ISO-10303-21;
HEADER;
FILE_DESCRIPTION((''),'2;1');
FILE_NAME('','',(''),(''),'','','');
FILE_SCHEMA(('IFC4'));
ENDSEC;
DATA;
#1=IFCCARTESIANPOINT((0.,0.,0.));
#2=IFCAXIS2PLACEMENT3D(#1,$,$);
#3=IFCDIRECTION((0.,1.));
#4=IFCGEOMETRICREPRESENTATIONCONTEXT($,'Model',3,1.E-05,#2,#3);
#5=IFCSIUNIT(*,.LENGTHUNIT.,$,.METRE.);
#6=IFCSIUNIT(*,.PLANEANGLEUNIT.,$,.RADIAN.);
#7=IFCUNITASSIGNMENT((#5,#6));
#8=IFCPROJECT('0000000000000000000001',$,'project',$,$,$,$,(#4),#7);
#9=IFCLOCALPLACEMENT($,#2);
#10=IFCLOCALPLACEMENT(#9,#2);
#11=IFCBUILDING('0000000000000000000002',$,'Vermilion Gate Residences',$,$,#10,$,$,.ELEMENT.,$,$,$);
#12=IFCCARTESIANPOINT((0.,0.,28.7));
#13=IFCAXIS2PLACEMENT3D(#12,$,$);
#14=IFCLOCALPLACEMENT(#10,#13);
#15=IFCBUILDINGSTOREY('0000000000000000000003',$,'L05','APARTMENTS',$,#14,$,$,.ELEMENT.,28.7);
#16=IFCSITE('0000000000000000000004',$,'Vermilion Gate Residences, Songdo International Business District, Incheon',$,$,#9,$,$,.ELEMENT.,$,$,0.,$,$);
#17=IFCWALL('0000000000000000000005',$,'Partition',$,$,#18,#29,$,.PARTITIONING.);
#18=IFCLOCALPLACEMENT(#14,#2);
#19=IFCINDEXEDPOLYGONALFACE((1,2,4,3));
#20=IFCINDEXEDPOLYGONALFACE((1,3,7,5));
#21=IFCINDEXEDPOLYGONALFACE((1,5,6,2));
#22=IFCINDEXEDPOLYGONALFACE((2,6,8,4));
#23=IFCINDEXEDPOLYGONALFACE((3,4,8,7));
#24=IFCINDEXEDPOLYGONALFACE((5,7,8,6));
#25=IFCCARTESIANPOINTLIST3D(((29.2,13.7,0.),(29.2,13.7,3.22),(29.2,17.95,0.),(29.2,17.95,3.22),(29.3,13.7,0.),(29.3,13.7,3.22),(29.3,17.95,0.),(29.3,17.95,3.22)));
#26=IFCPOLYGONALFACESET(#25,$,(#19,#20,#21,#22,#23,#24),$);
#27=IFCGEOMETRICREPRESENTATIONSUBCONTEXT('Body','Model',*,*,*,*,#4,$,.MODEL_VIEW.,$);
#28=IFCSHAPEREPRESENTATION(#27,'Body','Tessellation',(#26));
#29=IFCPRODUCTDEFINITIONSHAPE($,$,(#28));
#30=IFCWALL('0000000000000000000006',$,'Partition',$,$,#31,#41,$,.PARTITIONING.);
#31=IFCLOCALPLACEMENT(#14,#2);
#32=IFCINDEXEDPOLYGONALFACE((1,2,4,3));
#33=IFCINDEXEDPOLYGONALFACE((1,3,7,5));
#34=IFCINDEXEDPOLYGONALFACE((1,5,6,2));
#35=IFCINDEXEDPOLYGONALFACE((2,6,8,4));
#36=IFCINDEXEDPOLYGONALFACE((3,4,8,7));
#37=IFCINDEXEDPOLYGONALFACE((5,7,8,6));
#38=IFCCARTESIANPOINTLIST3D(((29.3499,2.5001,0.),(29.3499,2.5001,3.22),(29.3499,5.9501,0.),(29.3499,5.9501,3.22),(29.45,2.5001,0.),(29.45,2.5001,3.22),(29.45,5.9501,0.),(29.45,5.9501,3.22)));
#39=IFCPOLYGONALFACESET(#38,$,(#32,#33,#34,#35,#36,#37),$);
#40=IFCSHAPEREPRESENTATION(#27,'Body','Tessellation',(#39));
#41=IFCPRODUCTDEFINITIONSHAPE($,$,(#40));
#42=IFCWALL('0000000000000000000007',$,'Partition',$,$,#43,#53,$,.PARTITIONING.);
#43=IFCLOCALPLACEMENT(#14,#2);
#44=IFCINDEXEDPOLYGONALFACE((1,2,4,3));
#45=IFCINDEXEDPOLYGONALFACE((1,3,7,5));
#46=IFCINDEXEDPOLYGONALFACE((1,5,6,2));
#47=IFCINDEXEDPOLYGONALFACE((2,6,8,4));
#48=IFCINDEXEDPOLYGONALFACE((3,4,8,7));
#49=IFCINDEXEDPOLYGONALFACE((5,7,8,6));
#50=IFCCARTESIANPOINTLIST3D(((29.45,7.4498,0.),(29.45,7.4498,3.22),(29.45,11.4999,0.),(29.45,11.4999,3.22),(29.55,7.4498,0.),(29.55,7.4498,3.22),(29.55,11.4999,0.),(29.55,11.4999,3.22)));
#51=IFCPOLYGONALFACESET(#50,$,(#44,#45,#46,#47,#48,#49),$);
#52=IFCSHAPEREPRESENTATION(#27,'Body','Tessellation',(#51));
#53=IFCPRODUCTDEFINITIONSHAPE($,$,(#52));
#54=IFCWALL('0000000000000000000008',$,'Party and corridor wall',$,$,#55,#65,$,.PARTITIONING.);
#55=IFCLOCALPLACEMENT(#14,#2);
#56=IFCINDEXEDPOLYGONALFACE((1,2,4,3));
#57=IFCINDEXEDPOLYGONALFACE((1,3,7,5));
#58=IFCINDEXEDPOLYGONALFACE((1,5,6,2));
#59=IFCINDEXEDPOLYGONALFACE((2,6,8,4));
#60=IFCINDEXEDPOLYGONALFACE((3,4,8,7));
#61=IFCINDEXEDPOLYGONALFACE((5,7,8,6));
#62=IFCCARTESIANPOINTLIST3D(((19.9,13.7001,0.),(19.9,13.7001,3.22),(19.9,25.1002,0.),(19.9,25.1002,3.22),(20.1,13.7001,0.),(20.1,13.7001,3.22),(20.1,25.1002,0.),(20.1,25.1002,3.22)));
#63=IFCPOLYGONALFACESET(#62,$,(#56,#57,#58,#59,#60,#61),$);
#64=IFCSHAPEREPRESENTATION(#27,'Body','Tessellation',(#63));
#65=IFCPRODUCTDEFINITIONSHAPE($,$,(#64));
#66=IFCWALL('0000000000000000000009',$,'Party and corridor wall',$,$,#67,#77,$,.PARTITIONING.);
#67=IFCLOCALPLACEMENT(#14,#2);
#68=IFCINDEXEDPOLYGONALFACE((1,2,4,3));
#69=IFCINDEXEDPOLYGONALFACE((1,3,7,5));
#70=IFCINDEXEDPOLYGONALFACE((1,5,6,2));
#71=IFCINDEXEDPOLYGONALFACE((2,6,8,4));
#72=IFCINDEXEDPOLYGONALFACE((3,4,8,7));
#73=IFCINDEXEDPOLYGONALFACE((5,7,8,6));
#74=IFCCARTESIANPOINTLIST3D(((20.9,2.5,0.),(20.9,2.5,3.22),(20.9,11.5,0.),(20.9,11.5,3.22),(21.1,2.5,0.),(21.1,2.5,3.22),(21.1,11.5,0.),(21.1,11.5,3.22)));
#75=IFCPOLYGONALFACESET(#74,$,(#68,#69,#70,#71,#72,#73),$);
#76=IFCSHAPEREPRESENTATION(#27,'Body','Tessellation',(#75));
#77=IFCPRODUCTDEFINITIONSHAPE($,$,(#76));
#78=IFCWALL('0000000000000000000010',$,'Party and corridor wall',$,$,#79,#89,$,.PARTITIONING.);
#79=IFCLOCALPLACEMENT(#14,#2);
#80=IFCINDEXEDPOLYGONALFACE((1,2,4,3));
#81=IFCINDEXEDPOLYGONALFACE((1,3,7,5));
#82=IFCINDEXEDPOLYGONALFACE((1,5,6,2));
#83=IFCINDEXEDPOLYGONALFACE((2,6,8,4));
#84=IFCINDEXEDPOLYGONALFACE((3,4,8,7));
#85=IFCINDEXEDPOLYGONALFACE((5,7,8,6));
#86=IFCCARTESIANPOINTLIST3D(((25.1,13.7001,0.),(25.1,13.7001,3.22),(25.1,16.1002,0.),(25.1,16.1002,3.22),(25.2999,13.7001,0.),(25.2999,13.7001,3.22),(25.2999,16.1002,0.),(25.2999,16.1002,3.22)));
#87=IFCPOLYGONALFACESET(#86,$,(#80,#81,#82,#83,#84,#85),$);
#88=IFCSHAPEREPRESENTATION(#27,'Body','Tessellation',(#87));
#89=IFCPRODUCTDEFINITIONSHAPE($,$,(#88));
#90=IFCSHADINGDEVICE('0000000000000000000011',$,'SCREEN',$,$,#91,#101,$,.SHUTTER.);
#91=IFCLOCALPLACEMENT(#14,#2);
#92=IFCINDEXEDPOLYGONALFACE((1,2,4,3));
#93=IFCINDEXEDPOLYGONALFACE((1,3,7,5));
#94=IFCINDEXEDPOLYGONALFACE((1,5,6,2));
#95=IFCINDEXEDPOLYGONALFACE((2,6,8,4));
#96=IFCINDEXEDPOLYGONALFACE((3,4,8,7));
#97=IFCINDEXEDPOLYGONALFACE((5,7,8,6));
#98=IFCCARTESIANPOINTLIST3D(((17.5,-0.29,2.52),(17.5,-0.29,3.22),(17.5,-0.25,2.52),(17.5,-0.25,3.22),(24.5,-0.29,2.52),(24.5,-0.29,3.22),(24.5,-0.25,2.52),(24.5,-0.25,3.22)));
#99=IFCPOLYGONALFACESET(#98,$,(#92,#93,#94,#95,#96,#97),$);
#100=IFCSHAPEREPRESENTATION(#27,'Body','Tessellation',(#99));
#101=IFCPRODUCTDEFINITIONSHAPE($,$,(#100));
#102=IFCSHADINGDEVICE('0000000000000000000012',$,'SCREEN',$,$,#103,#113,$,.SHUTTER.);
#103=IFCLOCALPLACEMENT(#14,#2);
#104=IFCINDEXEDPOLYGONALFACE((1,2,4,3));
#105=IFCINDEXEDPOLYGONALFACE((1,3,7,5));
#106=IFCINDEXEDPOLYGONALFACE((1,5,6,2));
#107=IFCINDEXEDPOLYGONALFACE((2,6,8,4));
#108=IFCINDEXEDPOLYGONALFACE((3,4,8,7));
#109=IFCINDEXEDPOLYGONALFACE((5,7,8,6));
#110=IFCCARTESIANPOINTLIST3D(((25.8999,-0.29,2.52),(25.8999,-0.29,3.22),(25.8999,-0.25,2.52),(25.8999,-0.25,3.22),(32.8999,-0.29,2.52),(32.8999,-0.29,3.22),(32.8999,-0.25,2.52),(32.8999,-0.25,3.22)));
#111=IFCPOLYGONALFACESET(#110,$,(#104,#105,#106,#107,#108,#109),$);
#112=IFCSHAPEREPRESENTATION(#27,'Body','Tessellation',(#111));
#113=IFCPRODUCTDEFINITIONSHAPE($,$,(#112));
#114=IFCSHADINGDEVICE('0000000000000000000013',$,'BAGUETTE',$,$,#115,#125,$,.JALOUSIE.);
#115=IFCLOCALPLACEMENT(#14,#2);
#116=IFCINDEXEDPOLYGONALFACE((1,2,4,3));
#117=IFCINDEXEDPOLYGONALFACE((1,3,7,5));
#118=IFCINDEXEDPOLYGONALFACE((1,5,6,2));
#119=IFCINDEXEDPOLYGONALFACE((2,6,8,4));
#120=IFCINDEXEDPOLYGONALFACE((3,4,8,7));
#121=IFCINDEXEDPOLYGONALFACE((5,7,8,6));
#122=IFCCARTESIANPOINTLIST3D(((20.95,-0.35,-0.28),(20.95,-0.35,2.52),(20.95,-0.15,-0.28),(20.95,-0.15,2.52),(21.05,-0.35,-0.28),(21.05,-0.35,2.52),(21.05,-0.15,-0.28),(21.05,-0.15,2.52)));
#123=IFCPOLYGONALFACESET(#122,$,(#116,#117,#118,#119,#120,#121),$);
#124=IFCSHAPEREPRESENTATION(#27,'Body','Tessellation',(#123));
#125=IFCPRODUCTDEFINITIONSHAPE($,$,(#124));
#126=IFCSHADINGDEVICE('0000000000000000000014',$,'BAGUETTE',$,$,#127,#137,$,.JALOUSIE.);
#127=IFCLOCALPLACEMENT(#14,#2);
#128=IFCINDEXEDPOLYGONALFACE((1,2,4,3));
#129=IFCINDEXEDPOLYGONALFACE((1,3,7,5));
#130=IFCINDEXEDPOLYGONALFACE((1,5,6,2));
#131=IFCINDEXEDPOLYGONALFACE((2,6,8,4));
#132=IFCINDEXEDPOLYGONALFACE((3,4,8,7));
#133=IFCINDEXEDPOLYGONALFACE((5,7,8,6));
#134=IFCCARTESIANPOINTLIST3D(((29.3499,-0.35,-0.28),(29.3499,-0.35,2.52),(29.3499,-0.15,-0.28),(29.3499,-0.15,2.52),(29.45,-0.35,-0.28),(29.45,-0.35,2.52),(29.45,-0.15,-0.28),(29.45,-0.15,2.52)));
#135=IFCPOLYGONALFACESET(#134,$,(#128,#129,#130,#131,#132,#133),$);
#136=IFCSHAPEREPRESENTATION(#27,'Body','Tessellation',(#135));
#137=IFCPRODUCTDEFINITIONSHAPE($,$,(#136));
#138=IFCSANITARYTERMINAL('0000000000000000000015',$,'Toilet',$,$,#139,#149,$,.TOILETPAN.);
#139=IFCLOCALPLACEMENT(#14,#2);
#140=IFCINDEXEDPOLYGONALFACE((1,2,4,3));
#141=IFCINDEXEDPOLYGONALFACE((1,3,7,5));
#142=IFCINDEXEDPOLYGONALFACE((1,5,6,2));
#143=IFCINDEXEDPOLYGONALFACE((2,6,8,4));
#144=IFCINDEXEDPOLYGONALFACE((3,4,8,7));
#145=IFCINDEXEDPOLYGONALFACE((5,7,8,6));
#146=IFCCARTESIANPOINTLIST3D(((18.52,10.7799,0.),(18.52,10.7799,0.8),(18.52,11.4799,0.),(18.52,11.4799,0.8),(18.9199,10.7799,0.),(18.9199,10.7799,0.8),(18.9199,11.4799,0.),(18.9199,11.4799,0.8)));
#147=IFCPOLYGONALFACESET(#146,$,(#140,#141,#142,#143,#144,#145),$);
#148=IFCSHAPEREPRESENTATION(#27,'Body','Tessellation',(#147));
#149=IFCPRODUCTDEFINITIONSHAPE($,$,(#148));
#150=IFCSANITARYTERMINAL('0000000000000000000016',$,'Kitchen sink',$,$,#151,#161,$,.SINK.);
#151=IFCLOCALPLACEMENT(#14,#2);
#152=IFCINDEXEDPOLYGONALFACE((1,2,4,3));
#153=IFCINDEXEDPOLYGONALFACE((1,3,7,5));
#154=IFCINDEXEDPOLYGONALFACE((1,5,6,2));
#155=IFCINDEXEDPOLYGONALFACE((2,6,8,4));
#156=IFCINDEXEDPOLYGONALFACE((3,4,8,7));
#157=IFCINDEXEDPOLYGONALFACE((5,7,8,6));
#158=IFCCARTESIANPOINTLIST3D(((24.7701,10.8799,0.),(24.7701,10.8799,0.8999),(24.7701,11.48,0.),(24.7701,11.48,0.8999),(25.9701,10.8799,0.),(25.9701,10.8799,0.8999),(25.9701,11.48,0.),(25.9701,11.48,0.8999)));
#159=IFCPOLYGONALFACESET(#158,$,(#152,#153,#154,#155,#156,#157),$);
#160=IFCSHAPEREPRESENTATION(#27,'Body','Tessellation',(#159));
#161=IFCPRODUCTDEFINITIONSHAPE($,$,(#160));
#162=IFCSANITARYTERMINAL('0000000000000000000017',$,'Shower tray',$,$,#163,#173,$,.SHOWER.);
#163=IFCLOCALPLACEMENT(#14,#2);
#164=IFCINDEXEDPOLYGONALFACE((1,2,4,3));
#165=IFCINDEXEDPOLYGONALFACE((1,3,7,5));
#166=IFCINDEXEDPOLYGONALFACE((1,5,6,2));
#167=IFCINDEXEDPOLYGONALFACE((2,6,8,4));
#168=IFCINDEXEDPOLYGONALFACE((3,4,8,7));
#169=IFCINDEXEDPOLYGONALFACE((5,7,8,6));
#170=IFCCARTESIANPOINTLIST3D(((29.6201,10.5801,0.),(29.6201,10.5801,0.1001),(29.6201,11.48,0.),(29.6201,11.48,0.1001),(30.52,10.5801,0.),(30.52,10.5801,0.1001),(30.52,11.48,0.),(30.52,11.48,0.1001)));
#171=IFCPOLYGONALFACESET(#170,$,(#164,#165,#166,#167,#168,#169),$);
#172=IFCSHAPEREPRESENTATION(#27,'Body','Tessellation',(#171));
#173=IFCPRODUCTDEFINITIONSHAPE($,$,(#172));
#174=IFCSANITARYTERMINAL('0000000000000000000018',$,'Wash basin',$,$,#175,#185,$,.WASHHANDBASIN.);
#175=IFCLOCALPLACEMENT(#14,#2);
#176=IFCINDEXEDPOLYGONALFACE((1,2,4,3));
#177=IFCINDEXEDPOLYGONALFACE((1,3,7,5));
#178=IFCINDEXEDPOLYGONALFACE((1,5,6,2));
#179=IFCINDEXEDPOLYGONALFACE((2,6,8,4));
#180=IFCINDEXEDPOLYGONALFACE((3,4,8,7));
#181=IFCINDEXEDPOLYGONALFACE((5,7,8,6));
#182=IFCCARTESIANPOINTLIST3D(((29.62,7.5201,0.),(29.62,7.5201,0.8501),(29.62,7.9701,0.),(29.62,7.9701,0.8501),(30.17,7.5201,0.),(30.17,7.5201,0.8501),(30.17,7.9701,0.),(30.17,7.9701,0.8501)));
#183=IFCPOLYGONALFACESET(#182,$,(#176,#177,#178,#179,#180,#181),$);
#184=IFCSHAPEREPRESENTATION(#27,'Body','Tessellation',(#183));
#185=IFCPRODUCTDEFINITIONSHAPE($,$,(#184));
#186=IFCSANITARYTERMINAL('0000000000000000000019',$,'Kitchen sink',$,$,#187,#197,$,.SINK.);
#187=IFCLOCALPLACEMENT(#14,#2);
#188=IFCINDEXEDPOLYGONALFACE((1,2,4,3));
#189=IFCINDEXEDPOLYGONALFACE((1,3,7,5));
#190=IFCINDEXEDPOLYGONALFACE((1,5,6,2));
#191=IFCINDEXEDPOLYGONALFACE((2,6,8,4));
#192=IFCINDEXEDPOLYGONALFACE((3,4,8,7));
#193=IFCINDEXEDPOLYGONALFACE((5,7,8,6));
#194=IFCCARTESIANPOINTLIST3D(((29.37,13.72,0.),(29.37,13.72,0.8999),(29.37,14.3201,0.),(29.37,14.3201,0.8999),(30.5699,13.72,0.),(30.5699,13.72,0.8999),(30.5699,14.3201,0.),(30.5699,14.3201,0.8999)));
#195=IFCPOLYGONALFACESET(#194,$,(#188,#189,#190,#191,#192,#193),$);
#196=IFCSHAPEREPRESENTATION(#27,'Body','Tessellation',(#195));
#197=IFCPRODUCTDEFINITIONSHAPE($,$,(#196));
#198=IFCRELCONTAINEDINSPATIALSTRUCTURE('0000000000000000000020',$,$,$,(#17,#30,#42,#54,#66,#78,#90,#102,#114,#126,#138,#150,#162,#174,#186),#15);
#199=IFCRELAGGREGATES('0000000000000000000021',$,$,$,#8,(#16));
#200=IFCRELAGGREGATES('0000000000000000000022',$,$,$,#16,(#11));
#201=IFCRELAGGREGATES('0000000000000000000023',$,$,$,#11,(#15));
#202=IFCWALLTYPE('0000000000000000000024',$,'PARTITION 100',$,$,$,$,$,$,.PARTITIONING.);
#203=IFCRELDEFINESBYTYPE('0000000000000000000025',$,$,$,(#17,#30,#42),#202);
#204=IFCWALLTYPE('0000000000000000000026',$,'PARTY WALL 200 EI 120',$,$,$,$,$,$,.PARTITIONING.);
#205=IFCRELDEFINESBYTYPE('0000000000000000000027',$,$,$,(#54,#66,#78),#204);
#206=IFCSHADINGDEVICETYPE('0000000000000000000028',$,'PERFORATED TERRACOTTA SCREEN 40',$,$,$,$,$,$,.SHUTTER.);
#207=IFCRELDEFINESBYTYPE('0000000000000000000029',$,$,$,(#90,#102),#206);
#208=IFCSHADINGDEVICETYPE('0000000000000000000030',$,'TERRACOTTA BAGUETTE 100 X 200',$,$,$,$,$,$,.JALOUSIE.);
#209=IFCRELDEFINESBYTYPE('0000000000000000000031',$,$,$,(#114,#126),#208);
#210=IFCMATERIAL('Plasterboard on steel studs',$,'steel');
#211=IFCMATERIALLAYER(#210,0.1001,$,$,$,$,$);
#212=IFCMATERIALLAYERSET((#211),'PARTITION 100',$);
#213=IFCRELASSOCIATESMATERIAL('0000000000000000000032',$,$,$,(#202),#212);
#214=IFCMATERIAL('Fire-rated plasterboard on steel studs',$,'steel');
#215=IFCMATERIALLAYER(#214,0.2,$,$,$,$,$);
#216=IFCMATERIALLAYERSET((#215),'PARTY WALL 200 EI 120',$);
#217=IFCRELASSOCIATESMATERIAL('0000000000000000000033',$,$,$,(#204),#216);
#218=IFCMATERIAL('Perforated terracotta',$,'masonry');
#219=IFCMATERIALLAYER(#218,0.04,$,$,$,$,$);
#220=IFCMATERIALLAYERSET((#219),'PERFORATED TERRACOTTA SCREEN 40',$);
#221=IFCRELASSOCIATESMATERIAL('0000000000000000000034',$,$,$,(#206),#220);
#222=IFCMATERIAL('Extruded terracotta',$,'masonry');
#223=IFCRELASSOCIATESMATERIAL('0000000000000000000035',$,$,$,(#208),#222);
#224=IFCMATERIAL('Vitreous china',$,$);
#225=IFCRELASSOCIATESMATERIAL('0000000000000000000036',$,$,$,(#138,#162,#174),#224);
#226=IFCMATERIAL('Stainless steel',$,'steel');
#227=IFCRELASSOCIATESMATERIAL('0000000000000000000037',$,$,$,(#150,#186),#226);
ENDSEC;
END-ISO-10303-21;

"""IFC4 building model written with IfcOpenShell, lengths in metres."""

from ifc_helpers import new_model, si_unit, direction, frame, frame_2d, origin, origin_2d, place, context, subcontext, project, spatial, rectangle, extrude, material, layer, layer_set, material_profile, profile_set, type_object, element, save


model = new_model("IFC4")

# Units and contexts
model_context = context("Model", 3, precision=1e-05, world=origin(), true_north=direction((0.0, 1.0)))
body_context = subcontext(model_context, "Body", "Model", "MODEL_VIEW")
ifc_project = project(units=[si_unit("LENGTHUNIT", "METRE"), si_unit("PLANEANGLEUNIT", "RADIAN")], contexts=[model_context])

# Site, building, storey
site_placement = place(None, origin())
site = spatial("IfcSite", under=ifc_project, at=site_placement, Name="Vermilion Gate Residences, Songdo International Business District, Incheon", CompositionType="ELEMENT", RefElevation=0.0)
building_placement = place(site_placement, origin())
building = spatial("IfcBuilding", under=site, at=building_placement, Name="Vermilion Gate Residences", CompositionType="ELEMENT")
storey_placement = place(building_placement, frame((0.0, 0.0, 28.7)))
storey = spatial("IfcBuildingStorey", under=building, at=storey_placement, Name="L05", Description="APARTMENTS", CompositionType="ELEMENT", Elevation=28.7)

# Shared definitions
ifc_material_1 = material(Name="Plasterboard on steel studs", Category="steel")
ifc_layer_1 = layer(ifc_material_1, 0.1001)
ifc_layer_set_1 = layer_set([ifc_layer_1], Name="PARTITION 100")
wall_type_1 = type_object("IfcWallType", Name="PARTITION 100", PredefinedType="PARTITIONING", material=ifc_layer_set_1)

# Walls
wall_1_placement = place(storey_placement, frame((29.25, 13.7, 0.0), z_axis=(0.0, 0.0, 1.0), x_axis=(0.0, 1.0, 0.0)))
element("IfcWall", 1, at=wall_1_placement, inside=storey, type_object=wall_type_1, Name="Partition", PredefinedType="PARTITIONING", context=body_context, shape_type="SweptSolid", body=[
    extrude(rectangle(XDim=4.25, YDim=0.1001, at=frame_2d((2.125, 0.0))), origin(), (0.0, 0.0, 1.0), 3.22),
])
wall_2_placement = place(storey_placement, frame((29.3999, 2.5, 0.0), z_axis=(0.0, 0.0, 1.0), x_axis=(0.0, 1.0, 0.0)))
element("IfcWall", 2, at=wall_2_placement, inside=storey, type_object=wall_type_1, Name="Partition", PredefinedType="PARTITIONING", context=body_context, shape_type="SweptSolid", body=[
    extrude(rectangle(XDim=3.45, YDim=0.1001, at=frame_2d((1.7251, 0.0))), origin(), (0.0, 0.0, 1.0), 3.22),
])
wall_3_placement = place(storey_placement, frame((29.5, 7.45, 0.0), z_axis=(0.0, 0.0, 1.0), x_axis=(0.0, 1.0, 0.0)))
element("IfcWall", 3, at=wall_3_placement, inside=storey, type_object=wall_type_1, Name="Partition", PredefinedType="PARTITIONING", context=body_context, shape_type="SweptSolid", body=[
    extrude(rectangle(XDim=4.05, YDim=0.1001, at=frame_2d((2.0249, 0.0))), origin(), (0.0, 0.0, 1.0), 3.22),
])
ifc_material_2 = material(Name="Fire-rated plasterboard on steel studs", Category="steel")
ifc_layer_2 = layer(ifc_material_2, 0.2)
ifc_layer_set_2 = layer_set([ifc_layer_2], Name="PARTY WALL 200 EI 120")
wall_type_2 = type_object("IfcWallType", Name="PARTY WALL 200 EI 120", PredefinedType="PARTITIONING", material=ifc_layer_set_2)
wall_4_placement = place(storey_placement, frame((20.0, 13.7, 0.0), z_axis=(0.0, 0.0, 1.0), x_axis=(0.0, 1.0, 0.0)))
element("IfcWall", 4, at=wall_4_placement, inside=storey, type_object=wall_type_2, Name="Party and corridor wall", PredefinedType="PARTITIONING", context=body_context, shape_type="SweptSolid", body=[
    extrude(rectangle(XDim=11.4001, YDim=0.2, at=frame_2d((5.7002, 0.0))), origin(), (0.0, 0.0, 1.0), 3.22),
])
wall_5_placement = place(storey_placement, frame((21.0, 2.5, 0.0), z_axis=(0.0, 0.0, 1.0), x_axis=(0.0, 1.0, 0.0)))
element("IfcWall", 5, at=wall_5_placement, inside=storey, type_object=wall_type_2, Name="Party and corridor wall", PredefinedType="PARTITIONING", context=body_context, shape_type="SweptSolid", body=[
    extrude(rectangle(XDim=9.0, YDim=0.2, at=frame_2d((4.5, 0.0))), origin(), (0.0, 0.0, 1.0), 3.22),
])
wall_6_placement = place(storey_placement, frame((25.2, 13.7, 0.0), z_axis=(0.0, 0.0, 1.0), x_axis=(0.0, 1.0, 0.0)))
element("IfcWall", 6, at=wall_6_placement, inside=storey, type_object=wall_type_2, Name="Party and corridor wall", PredefinedType="PARTITIONING", context=body_context, shape_type="SweptSolid", body=[
    extrude(rectangle(XDim=2.4001, YDim=0.2, at=frame_2d((1.2002, 0.0))), origin(), (0.0, 0.0, 1.0), 3.22),
])

# Shading devices
ifc_material_3 = material(Name="Perforated terracotta", Category="masonry")
ifc_layer_3 = layer(ifc_material_3, 0.04)
ifc_layer_set_3 = layer_set([ifc_layer_3], Name="PERFORATED TERRACOTTA SCREEN 40")
shading_device_type_1 = type_object("IfcShadingDeviceType", Name="PERFORATED TERRACOTTA SCREEN 40", PredefinedType="SHUTTER", material=ifc_layer_set_3)
for number, where, z_axis, x_axis, name in (
    (7, (21.0, -0.27, 2.52), (0.0, 0.0, 1.0), (1.0, 0.0, 0.0), "SCREEN"),
    (8, (29.3999, -0.27, 2.52), (0.0, 0.0, 1.0), (1.0, 0.0, 0.0), "SCREEN"),
):
    element("IfcShadingDevice", number, at=place(storey_placement, frame(where, z_axis=z_axis, x_axis=x_axis)), inside=storey, type_object=shading_device_type_1, Name=name, PredefinedType="SHUTTER", context=body_context, shape_type="SweptSolid", body=[
        extrude(rectangle(XDim=7.0, YDim=0.04, at=origin_2d()), origin(), (0.0, 0.0, 1.0), 0.7),
    ])
ifc_material_4 = material(Name="Extruded terracotta", Category="masonry")
ifc_material_profile_1 = material_profile(ifc_material_4, rectangle(XDim=0.2, YDim=0.1001, at=origin_2d()), Name="BAGUETTE 100 X 200")
ifc_profile_set_1 = profile_set([ifc_material_profile_1], Name="Extruded terracotta")
shading_device_type_2 = type_object("IfcShadingDeviceType", Name="TERRACOTTA BAGUETTE 100 X 200", PredefinedType="JALOUSIE", material=ifc_profile_set_1)
for number, where, z_axis, x_axis, name in (
    (9, (21.0, -0.25, -0.28), (0.0, 0.0, 1.0), (0.0, 1.0, 0.0), "BAGUETTE"),
    (10, (29.3999, -0.25, -0.28), (0.0, 0.0, 1.0), (0.0, 1.0, 0.0), "BAGUETTE"),
):
    element("IfcShadingDevice", number, at=place(storey_placement, frame(where, z_axis=z_axis, x_axis=x_axis)), inside=storey, type_object=shading_device_type_2, Name=name, PredefinedType="JALOUSIE", context=body_context, shape_type="SweptSolid", body=[
        extrude(rectangle(XDim=0.2, YDim=0.1001, at=origin_2d()), origin(), (0.0, 0.0, 1.0), 2.8),
    ])

# Sanitary terminals
ifc_material_5 = material(Name="Vitreous china")
sanitary_terminal_1_placement = place(storey_placement, frame((18.72, 11.1299, 0.0), z_axis=(0.0, 0.0, 1.0), x_axis=(1.0, 0.0, 0.0)))
element("IfcSanitaryTerminal", 11, at=sanitary_terminal_1_placement, inside=storey, material=ifc_material_5, Name="Toilet", PredefinedType="TOILETPAN", context=body_context, shape_type="SweptSolid", body=[
    extrude(rectangle(XDim=0.3999, YDim=0.7, at=origin_2d()), origin(), (0.0, 0.0, 1.0), 0.8),
])
ifc_material_6 = material(Name="Stainless steel", Category="steel")
sanitary_terminal_2_placement = place(storey_placement, frame((25.3701, 11.1799, 0.0), z_axis=(0.0, 0.0, 1.0), x_axis=(1.0, 0.0, 0.0)))
element("IfcSanitaryTerminal", 12, at=sanitary_terminal_2_placement, inside=storey, material=ifc_material_6, Name="Kitchen sink", PredefinedType="SINK", context=body_context, shape_type="SweptSolid", body=[
    extrude(rectangle(XDim=1.2, YDim=0.6001, at=origin_2d()), origin(), (0.0, 0.0, 1.0), 0.8999),
])
sanitary_terminal_3_placement = place(storey_placement, frame((30.0701, 11.03, 0.0), z_axis=(0.0, 0.0, 1.0), x_axis=(1.0, 0.0, 0.0)))
element("IfcSanitaryTerminal", 13, at=sanitary_terminal_3_placement, inside=storey, material=ifc_material_5, Name="Shower tray", PredefinedType="SHOWER", context=body_context, shape_type="SweptSolid", body=[
    extrude(rectangle(XDim=0.8999, YDim=0.8999, at=origin_2d()), origin(), (0.0, 0.0, 1.0), 0.1001),
])
sanitary_terminal_4_placement = place(storey_placement, frame((29.895, 7.7451, 0.0), z_axis=(0.0, 0.0, 1.0), x_axis=(1.0, 0.0, 0.0)))
element("IfcSanitaryTerminal", 14, at=sanitary_terminal_4_placement, inside=storey, material=ifc_material_5, Name="Wash basin", PredefinedType="WASHHANDBASIN", context=body_context, shape_type="SweptSolid", body=[
    extrude(rectangle(XDim=0.55, YDim=0.45, at=origin_2d()), origin(), (0.0, 0.0, 1.0), 0.8501),
])
sanitary_terminal_5_placement = place(storey_placement, frame((29.97, 14.02, 0.0), z_axis=(0.0, 0.0, 1.0), x_axis=(1.0, 0.0, 0.0)))
element("IfcSanitaryTerminal", 15, at=sanitary_terminal_5_placement, inside=storey, material=ifc_material_6, Name="Kitchen sink", PredefinedType="SINK", context=body_context, shape_type="SweptSolid", body=[
    extrude(rectangle(XDim=1.2, YDim=0.6001, at=origin_2d()), origin(), (0.0, 0.0, 1.0), 0.8999),
])

save(model, "model.ifc")
